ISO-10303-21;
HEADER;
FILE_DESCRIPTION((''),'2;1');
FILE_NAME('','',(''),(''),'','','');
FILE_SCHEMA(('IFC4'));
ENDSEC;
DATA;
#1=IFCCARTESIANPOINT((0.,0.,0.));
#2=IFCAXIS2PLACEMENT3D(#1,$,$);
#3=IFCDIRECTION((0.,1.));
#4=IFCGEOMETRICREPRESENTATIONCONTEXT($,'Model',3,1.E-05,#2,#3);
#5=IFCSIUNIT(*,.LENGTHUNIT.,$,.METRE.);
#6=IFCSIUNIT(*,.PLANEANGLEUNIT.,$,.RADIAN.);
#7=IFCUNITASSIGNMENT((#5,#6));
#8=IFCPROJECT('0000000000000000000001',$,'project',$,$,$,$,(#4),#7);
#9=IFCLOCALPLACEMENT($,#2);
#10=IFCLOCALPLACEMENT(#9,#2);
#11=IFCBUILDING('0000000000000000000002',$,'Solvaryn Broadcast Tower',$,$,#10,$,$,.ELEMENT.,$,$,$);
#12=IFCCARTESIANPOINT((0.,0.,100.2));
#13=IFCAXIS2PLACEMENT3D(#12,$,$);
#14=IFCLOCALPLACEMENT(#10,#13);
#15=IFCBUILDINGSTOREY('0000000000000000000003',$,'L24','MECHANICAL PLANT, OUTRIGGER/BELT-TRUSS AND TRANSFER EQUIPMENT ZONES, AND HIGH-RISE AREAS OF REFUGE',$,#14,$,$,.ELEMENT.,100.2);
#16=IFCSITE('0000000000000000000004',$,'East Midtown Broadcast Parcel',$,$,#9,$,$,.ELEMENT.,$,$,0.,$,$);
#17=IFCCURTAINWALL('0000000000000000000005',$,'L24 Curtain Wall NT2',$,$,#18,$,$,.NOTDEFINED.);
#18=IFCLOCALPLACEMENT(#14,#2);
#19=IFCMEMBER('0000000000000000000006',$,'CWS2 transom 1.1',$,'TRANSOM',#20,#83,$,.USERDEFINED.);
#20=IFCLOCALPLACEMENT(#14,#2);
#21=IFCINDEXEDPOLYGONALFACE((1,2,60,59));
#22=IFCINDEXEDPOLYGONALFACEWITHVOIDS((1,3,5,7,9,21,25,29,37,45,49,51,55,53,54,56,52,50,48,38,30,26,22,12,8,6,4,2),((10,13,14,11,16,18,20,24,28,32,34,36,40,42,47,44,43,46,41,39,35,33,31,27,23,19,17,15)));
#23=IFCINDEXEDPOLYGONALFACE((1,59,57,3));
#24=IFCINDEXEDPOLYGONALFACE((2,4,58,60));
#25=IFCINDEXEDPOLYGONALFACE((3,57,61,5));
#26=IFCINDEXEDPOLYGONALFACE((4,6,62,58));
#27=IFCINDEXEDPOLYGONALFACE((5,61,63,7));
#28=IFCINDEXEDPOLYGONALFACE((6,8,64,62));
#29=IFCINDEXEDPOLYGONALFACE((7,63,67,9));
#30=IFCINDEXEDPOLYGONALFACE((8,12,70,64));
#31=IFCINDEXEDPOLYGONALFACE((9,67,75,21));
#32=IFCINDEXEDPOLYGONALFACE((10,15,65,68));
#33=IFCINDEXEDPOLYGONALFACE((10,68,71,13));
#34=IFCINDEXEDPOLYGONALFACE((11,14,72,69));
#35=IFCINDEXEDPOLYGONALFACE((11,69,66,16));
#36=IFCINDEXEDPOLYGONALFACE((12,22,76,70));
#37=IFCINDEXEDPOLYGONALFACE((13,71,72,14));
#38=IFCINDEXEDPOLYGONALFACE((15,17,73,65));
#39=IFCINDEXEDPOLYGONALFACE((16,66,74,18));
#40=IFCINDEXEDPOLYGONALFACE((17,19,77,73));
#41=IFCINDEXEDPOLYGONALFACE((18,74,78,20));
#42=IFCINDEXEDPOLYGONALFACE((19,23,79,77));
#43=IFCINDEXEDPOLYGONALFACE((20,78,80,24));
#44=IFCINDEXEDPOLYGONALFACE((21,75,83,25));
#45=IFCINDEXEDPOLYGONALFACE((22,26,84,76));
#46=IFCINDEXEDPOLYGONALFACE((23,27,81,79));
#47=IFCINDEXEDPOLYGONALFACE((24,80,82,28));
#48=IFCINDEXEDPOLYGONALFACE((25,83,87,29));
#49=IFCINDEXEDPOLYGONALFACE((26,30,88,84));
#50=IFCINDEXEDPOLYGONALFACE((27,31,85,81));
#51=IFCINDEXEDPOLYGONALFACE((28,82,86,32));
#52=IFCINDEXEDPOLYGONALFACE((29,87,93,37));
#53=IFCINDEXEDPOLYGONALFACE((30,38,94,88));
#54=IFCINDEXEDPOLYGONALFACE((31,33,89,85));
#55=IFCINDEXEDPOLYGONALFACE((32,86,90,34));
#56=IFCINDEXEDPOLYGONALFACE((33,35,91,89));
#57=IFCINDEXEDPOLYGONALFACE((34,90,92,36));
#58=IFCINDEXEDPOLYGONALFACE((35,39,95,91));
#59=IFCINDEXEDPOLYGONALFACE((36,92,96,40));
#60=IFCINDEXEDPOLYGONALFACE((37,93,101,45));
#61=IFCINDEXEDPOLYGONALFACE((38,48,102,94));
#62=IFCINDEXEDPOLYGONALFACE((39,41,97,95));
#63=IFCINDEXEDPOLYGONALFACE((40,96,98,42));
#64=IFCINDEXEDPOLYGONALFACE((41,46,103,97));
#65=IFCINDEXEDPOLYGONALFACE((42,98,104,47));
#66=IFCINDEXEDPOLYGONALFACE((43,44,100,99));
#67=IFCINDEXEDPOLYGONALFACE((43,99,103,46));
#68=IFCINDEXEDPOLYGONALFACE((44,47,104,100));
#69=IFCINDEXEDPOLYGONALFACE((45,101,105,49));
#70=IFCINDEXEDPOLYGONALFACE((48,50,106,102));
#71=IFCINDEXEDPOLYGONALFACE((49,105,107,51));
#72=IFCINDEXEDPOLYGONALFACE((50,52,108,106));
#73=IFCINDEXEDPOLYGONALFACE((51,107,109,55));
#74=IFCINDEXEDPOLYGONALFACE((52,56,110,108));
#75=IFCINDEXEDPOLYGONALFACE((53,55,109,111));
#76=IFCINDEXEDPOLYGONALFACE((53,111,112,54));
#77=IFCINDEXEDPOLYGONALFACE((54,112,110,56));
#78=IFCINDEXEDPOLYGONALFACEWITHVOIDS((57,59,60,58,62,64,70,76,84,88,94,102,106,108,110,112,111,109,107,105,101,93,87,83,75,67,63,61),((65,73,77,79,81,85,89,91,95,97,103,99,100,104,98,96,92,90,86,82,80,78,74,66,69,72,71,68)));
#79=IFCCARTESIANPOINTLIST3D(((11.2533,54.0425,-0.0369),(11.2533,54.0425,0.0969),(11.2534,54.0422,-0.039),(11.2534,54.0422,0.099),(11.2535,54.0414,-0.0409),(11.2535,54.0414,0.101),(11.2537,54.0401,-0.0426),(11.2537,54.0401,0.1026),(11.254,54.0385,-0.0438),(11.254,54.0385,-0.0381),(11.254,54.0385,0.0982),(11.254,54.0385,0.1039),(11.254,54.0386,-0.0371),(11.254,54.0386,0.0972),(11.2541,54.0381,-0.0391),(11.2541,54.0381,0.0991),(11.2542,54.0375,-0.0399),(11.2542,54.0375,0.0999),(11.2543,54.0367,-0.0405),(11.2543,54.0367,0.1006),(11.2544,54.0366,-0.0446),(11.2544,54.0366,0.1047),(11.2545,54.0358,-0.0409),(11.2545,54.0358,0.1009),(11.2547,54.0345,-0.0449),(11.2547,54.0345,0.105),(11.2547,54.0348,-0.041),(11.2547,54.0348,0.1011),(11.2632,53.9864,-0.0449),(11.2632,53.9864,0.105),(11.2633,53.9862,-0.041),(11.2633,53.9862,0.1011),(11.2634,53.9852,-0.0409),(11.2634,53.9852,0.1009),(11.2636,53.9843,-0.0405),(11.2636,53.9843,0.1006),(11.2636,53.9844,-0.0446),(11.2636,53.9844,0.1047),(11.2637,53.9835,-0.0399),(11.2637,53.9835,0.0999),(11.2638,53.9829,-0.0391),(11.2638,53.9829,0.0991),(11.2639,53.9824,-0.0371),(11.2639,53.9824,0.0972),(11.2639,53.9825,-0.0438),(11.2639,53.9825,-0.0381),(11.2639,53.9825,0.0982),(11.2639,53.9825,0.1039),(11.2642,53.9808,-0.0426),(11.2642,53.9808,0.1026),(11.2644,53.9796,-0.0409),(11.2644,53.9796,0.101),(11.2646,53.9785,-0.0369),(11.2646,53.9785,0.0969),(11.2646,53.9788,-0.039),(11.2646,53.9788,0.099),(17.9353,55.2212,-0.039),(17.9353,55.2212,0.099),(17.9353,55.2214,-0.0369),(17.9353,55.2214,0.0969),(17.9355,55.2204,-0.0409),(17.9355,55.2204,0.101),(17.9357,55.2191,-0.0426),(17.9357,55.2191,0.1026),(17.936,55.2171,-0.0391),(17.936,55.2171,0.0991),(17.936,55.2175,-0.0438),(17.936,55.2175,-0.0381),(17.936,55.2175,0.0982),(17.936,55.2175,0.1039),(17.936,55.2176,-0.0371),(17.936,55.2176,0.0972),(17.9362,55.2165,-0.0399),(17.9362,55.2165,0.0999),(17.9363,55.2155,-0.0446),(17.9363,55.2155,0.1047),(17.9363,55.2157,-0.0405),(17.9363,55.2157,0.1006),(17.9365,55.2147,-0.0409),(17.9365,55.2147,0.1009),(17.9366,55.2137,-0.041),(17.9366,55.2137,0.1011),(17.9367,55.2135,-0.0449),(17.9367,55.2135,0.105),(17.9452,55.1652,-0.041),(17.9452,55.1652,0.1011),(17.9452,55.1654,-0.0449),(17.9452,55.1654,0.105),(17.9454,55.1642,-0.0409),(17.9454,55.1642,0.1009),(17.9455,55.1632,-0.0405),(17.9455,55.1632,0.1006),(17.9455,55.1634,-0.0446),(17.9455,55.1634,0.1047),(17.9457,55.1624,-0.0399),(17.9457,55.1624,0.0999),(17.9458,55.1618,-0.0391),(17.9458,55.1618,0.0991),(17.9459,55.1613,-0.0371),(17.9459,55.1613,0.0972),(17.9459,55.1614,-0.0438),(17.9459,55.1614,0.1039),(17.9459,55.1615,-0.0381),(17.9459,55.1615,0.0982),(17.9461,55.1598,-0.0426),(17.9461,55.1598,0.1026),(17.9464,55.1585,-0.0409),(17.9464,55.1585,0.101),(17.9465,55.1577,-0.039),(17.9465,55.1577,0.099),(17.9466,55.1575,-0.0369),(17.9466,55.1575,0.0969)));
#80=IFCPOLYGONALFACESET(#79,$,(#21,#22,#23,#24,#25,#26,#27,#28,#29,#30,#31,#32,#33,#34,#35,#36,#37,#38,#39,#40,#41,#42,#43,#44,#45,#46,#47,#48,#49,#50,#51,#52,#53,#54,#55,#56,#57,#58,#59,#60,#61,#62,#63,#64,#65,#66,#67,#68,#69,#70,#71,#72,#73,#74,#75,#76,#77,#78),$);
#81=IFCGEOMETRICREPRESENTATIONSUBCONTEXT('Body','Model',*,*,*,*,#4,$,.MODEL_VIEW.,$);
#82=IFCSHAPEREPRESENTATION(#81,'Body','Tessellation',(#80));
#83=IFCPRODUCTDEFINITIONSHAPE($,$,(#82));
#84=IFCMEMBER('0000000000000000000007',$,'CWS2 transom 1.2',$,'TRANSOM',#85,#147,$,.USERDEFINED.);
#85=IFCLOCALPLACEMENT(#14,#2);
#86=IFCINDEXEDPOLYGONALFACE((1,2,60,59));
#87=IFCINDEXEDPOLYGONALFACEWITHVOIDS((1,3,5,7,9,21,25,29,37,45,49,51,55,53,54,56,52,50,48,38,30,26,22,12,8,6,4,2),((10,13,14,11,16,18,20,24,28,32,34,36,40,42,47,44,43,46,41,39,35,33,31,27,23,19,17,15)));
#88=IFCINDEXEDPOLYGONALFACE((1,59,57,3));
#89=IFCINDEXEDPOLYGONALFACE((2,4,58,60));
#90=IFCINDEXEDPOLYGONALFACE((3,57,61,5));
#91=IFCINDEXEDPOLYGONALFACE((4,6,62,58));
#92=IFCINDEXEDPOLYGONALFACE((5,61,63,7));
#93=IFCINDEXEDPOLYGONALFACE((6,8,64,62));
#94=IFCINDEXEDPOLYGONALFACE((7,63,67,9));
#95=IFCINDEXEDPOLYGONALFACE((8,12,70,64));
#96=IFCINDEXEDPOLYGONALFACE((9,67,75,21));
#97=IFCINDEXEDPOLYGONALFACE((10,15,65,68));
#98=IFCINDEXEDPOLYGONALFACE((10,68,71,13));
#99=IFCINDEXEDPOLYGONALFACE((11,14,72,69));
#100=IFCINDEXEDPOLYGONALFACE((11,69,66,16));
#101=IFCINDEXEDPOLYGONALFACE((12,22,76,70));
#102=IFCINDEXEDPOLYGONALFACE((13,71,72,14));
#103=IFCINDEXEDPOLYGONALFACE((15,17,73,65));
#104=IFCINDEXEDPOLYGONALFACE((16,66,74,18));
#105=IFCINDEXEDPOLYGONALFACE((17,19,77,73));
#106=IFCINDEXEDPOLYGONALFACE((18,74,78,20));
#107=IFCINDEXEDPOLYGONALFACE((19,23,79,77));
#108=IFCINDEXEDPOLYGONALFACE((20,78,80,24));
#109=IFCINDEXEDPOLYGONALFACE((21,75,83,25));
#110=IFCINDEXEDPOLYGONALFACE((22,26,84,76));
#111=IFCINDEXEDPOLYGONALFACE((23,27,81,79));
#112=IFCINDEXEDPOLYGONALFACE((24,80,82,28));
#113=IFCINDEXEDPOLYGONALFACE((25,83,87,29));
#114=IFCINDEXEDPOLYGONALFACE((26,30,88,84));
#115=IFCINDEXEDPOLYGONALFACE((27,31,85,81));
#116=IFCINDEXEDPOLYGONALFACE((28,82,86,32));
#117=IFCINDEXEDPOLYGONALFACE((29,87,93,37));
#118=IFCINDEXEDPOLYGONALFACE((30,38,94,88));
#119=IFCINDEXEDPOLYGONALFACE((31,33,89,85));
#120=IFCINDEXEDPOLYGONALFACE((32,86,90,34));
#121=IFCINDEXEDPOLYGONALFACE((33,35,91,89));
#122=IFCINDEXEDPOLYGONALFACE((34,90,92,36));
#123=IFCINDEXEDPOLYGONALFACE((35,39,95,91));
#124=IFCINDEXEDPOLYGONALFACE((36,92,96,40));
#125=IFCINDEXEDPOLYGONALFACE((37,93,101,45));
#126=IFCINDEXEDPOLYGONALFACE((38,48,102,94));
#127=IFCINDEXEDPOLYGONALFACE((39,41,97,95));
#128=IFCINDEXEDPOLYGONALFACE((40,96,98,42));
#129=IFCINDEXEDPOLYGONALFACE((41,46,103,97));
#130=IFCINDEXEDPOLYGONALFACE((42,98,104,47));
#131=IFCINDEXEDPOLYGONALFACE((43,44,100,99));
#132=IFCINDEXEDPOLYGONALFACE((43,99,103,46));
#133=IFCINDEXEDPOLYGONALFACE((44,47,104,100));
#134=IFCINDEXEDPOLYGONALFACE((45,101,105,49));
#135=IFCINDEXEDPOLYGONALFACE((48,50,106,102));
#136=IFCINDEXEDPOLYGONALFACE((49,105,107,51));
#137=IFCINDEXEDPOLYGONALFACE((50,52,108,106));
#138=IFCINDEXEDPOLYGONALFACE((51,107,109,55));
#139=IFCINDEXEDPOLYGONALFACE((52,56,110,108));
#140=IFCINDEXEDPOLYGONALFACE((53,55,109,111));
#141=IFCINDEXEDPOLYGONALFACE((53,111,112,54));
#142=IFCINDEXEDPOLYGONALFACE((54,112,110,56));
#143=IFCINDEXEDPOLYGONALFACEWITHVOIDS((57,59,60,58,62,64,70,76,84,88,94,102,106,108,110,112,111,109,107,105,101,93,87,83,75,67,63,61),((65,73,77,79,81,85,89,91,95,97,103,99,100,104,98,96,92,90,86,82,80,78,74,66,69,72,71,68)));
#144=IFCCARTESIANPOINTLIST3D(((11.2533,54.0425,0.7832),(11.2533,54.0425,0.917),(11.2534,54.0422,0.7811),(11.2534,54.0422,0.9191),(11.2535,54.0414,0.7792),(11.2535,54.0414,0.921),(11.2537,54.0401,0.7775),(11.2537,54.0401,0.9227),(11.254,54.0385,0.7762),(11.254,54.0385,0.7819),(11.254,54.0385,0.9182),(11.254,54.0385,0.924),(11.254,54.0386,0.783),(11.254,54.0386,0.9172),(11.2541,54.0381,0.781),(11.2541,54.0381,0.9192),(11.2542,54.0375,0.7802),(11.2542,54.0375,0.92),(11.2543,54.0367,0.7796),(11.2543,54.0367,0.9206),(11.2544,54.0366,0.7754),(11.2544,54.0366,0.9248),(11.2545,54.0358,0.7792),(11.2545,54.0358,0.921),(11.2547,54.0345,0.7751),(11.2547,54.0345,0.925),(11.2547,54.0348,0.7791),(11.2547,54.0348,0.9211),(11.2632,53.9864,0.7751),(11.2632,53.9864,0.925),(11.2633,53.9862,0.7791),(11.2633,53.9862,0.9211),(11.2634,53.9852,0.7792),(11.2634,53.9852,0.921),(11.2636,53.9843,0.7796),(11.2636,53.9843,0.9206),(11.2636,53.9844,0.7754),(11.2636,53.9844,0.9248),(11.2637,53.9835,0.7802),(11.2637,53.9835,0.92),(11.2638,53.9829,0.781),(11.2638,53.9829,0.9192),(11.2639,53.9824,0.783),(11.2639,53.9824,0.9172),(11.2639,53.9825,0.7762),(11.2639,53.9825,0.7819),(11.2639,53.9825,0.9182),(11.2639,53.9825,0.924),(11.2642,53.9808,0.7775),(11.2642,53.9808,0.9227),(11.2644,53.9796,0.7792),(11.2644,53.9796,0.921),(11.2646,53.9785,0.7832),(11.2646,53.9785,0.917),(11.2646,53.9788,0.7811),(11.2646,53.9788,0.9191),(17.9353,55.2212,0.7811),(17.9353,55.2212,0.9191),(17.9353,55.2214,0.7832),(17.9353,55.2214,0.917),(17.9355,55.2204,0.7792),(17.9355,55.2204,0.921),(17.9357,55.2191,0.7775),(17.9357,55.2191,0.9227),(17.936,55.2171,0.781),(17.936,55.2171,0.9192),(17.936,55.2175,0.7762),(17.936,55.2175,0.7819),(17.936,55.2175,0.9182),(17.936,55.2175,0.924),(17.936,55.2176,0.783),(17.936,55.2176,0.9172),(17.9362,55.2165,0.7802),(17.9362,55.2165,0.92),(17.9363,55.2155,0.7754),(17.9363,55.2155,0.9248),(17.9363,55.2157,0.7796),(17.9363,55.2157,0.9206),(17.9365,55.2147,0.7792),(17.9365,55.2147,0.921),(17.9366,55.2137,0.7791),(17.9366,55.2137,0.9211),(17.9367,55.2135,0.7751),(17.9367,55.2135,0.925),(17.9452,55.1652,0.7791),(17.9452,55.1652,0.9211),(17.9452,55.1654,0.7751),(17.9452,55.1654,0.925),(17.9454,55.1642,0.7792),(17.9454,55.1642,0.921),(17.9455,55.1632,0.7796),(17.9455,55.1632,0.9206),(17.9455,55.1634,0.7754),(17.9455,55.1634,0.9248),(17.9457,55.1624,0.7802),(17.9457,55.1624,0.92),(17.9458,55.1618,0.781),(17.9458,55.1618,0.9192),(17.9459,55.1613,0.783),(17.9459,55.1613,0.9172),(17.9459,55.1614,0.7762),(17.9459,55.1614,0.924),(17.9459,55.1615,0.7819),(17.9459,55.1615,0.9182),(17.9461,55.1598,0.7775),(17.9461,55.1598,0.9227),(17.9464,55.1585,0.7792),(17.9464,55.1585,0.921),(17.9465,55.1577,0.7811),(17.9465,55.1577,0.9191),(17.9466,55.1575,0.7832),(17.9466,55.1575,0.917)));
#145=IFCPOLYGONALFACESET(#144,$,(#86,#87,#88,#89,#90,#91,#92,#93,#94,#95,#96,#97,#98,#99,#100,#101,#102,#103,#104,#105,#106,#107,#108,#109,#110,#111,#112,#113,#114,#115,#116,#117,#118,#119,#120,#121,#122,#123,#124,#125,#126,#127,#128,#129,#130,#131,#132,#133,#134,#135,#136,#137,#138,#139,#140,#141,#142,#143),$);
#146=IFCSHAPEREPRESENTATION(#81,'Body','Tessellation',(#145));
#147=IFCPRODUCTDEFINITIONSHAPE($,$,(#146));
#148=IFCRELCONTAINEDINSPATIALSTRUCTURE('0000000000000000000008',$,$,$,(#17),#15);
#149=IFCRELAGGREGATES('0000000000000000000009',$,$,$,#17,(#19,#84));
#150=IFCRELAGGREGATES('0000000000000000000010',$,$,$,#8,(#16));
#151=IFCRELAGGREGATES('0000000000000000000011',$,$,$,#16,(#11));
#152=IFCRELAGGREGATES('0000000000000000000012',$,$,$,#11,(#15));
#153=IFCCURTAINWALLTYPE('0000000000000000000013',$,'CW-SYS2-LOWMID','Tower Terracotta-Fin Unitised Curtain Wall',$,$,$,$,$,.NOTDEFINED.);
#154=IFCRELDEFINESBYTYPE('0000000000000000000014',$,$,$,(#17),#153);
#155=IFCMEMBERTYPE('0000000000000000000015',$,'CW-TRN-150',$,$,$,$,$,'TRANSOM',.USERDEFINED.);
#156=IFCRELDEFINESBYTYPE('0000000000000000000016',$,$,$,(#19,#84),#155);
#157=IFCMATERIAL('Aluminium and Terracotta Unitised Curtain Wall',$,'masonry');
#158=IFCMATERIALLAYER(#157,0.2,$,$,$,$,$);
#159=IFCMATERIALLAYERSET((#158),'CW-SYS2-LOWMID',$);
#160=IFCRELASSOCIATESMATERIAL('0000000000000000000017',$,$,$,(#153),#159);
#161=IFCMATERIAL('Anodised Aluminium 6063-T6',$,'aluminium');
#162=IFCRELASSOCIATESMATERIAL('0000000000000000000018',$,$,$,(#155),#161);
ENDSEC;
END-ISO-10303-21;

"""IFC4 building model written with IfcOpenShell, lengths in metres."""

from ifc_helpers import new_model, si_unit, direction, frame, origin, origin_2d, place, context, subcontext, project, spatial, hollow_rectangle, extrude, material, layer, layer_set, material_profile, profile_set, type_object, element, aggregate, save


model = new_model("IFC4")

# Units and contexts
model_context = context("Model", 3, precision=1e-05, world=origin(), true_north=direction((0.0, 1.0)))
body_context = subcontext(model_context, "Body", "Model", "MODEL_VIEW")
ifc_project = project(units=[si_unit("LENGTHUNIT", "METRE"), si_unit("PLANEANGLEUNIT", "RADIAN")], contexts=[model_context])

# Site, building, storey
site_placement = place(None, origin())
site = spatial("IfcSite", under=ifc_project, at=site_placement, Name="East Midtown Broadcast Parcel", CompositionType="ELEMENT", RefElevation=0.0)
building_placement = place(site_placement, origin())
building = spatial("IfcBuilding", under=site, at=building_placement, Name="Solvaryn Broadcast Tower", CompositionType="ELEMENT")
storey_placement = place(building_placement, frame((0.0, 0.0, 100.2)))
storey = spatial("IfcBuildingStorey", under=building, at=storey_placement, Name="L24", Description="MECHANICAL PLANT, OUTRIGGER/BELT-TRUSS AND TRANSFER EQUIPMENT ZONES, AND HIGH-RISE AREAS OF REFUGE", CompositionType="ELEMENT", Elevation=100.2)

# Shared definitions
ifc_material_1 = material(Name="Aluminium and Terracotta Unitised Curtain Wall", Category="masonry")
ifc_layer_1 = layer(ifc_material_1, 0.2)
ifc_layer_set_1 = layer_set([ifc_layer_1], Name="CW-SYS2-LOWMID")
curtain_wall_type = type_object("IfcCurtainWallType", Name="CW-SYS2-LOWMID", Description="Tower Terracotta-Fin Unitised Curtain Wall", PredefinedType="NOTDEFINED", material=ifc_layer_set_1)

# Curtain wall
curtain_wall_1_placement = place(storey_placement, origin())
curtain_wall_1 = element("IfcCurtainWall", 1, at=curtain_wall_1_placement, inside=storey, type_object=curtain_wall_type, Name="L24 Curtain Wall NT2", PredefinedType="NOTDEFINED")

# Members
ifc_material_2 = material(Name="Anodised Aluminium 6063-T6", Category="aluminium")
ifc_material_profile_1 = material_profile(ifc_material_2, hollow_rectangle(XDim=0.0649, YDim=0.1499, WallThickness=0.0039, InnerFilletRadius=0.0039, OuterFilletRadius=0.0081, at=origin_2d()))
ifc_profile_set_1 = profile_set([ifc_material_profile_1], Name="Anodised Aluminium 6063-T6")
member_type_1 = type_object("IfcMemberType", Name="CW-TRN-150", ElementType="TRANSOM", PredefinedType="USERDEFINED", material=ifc_profile_set_1)
member_1_placement = place(storey_placement, frame((17.9409, 55.1895, 0.03), z_axis=(-0.984789, -0.173757, 0.0), x_axis=(0.173757, -0.984789, 0.0)))
member_1 = element("IfcMember", 2, at=member_1_placement, type_object=member_type_1, Name="CWS2 transom 1.1", ObjectType="TRANSOM", PredefinedType="USERDEFINED", context=body_context, shape_type="SweptSolid", body=[
    extrude(hollow_rectangle(XDim=0.0649, YDim=0.1499, WallThickness=0.0039, InnerFilletRadius=0.0039, OuterFilletRadius=0.0081, at=origin_2d()), origin(), (0.0, 0.0, 1.0), 6.7852),
])
member_2_placement = place(storey_placement, frame((17.9409, 55.1895, 0.8501), z_axis=(-0.984789, -0.173757, 0.0), x_axis=(0.173757, -0.984789, 0.0)))
member_2 = element("IfcMember", 3, at=member_2_placement, type_object=member_type_1, Name="CWS2 transom 1.2", ObjectType="TRANSOM", PredefinedType="USERDEFINED", context=body_context, shape_type="SweptSolid", body=[
    extrude(hollow_rectangle(XDim=0.0649, YDim=0.1499, WallThickness=0.0039, InnerFilletRadius=0.0039, OuterFilletRadius=0.0081, at=origin_2d()), origin(), (0.0, 0.0, 1.0), 6.7852),
])
aggregate(curtain_wall_1, [member_1, member_2])

save(model, "model.ifc")
